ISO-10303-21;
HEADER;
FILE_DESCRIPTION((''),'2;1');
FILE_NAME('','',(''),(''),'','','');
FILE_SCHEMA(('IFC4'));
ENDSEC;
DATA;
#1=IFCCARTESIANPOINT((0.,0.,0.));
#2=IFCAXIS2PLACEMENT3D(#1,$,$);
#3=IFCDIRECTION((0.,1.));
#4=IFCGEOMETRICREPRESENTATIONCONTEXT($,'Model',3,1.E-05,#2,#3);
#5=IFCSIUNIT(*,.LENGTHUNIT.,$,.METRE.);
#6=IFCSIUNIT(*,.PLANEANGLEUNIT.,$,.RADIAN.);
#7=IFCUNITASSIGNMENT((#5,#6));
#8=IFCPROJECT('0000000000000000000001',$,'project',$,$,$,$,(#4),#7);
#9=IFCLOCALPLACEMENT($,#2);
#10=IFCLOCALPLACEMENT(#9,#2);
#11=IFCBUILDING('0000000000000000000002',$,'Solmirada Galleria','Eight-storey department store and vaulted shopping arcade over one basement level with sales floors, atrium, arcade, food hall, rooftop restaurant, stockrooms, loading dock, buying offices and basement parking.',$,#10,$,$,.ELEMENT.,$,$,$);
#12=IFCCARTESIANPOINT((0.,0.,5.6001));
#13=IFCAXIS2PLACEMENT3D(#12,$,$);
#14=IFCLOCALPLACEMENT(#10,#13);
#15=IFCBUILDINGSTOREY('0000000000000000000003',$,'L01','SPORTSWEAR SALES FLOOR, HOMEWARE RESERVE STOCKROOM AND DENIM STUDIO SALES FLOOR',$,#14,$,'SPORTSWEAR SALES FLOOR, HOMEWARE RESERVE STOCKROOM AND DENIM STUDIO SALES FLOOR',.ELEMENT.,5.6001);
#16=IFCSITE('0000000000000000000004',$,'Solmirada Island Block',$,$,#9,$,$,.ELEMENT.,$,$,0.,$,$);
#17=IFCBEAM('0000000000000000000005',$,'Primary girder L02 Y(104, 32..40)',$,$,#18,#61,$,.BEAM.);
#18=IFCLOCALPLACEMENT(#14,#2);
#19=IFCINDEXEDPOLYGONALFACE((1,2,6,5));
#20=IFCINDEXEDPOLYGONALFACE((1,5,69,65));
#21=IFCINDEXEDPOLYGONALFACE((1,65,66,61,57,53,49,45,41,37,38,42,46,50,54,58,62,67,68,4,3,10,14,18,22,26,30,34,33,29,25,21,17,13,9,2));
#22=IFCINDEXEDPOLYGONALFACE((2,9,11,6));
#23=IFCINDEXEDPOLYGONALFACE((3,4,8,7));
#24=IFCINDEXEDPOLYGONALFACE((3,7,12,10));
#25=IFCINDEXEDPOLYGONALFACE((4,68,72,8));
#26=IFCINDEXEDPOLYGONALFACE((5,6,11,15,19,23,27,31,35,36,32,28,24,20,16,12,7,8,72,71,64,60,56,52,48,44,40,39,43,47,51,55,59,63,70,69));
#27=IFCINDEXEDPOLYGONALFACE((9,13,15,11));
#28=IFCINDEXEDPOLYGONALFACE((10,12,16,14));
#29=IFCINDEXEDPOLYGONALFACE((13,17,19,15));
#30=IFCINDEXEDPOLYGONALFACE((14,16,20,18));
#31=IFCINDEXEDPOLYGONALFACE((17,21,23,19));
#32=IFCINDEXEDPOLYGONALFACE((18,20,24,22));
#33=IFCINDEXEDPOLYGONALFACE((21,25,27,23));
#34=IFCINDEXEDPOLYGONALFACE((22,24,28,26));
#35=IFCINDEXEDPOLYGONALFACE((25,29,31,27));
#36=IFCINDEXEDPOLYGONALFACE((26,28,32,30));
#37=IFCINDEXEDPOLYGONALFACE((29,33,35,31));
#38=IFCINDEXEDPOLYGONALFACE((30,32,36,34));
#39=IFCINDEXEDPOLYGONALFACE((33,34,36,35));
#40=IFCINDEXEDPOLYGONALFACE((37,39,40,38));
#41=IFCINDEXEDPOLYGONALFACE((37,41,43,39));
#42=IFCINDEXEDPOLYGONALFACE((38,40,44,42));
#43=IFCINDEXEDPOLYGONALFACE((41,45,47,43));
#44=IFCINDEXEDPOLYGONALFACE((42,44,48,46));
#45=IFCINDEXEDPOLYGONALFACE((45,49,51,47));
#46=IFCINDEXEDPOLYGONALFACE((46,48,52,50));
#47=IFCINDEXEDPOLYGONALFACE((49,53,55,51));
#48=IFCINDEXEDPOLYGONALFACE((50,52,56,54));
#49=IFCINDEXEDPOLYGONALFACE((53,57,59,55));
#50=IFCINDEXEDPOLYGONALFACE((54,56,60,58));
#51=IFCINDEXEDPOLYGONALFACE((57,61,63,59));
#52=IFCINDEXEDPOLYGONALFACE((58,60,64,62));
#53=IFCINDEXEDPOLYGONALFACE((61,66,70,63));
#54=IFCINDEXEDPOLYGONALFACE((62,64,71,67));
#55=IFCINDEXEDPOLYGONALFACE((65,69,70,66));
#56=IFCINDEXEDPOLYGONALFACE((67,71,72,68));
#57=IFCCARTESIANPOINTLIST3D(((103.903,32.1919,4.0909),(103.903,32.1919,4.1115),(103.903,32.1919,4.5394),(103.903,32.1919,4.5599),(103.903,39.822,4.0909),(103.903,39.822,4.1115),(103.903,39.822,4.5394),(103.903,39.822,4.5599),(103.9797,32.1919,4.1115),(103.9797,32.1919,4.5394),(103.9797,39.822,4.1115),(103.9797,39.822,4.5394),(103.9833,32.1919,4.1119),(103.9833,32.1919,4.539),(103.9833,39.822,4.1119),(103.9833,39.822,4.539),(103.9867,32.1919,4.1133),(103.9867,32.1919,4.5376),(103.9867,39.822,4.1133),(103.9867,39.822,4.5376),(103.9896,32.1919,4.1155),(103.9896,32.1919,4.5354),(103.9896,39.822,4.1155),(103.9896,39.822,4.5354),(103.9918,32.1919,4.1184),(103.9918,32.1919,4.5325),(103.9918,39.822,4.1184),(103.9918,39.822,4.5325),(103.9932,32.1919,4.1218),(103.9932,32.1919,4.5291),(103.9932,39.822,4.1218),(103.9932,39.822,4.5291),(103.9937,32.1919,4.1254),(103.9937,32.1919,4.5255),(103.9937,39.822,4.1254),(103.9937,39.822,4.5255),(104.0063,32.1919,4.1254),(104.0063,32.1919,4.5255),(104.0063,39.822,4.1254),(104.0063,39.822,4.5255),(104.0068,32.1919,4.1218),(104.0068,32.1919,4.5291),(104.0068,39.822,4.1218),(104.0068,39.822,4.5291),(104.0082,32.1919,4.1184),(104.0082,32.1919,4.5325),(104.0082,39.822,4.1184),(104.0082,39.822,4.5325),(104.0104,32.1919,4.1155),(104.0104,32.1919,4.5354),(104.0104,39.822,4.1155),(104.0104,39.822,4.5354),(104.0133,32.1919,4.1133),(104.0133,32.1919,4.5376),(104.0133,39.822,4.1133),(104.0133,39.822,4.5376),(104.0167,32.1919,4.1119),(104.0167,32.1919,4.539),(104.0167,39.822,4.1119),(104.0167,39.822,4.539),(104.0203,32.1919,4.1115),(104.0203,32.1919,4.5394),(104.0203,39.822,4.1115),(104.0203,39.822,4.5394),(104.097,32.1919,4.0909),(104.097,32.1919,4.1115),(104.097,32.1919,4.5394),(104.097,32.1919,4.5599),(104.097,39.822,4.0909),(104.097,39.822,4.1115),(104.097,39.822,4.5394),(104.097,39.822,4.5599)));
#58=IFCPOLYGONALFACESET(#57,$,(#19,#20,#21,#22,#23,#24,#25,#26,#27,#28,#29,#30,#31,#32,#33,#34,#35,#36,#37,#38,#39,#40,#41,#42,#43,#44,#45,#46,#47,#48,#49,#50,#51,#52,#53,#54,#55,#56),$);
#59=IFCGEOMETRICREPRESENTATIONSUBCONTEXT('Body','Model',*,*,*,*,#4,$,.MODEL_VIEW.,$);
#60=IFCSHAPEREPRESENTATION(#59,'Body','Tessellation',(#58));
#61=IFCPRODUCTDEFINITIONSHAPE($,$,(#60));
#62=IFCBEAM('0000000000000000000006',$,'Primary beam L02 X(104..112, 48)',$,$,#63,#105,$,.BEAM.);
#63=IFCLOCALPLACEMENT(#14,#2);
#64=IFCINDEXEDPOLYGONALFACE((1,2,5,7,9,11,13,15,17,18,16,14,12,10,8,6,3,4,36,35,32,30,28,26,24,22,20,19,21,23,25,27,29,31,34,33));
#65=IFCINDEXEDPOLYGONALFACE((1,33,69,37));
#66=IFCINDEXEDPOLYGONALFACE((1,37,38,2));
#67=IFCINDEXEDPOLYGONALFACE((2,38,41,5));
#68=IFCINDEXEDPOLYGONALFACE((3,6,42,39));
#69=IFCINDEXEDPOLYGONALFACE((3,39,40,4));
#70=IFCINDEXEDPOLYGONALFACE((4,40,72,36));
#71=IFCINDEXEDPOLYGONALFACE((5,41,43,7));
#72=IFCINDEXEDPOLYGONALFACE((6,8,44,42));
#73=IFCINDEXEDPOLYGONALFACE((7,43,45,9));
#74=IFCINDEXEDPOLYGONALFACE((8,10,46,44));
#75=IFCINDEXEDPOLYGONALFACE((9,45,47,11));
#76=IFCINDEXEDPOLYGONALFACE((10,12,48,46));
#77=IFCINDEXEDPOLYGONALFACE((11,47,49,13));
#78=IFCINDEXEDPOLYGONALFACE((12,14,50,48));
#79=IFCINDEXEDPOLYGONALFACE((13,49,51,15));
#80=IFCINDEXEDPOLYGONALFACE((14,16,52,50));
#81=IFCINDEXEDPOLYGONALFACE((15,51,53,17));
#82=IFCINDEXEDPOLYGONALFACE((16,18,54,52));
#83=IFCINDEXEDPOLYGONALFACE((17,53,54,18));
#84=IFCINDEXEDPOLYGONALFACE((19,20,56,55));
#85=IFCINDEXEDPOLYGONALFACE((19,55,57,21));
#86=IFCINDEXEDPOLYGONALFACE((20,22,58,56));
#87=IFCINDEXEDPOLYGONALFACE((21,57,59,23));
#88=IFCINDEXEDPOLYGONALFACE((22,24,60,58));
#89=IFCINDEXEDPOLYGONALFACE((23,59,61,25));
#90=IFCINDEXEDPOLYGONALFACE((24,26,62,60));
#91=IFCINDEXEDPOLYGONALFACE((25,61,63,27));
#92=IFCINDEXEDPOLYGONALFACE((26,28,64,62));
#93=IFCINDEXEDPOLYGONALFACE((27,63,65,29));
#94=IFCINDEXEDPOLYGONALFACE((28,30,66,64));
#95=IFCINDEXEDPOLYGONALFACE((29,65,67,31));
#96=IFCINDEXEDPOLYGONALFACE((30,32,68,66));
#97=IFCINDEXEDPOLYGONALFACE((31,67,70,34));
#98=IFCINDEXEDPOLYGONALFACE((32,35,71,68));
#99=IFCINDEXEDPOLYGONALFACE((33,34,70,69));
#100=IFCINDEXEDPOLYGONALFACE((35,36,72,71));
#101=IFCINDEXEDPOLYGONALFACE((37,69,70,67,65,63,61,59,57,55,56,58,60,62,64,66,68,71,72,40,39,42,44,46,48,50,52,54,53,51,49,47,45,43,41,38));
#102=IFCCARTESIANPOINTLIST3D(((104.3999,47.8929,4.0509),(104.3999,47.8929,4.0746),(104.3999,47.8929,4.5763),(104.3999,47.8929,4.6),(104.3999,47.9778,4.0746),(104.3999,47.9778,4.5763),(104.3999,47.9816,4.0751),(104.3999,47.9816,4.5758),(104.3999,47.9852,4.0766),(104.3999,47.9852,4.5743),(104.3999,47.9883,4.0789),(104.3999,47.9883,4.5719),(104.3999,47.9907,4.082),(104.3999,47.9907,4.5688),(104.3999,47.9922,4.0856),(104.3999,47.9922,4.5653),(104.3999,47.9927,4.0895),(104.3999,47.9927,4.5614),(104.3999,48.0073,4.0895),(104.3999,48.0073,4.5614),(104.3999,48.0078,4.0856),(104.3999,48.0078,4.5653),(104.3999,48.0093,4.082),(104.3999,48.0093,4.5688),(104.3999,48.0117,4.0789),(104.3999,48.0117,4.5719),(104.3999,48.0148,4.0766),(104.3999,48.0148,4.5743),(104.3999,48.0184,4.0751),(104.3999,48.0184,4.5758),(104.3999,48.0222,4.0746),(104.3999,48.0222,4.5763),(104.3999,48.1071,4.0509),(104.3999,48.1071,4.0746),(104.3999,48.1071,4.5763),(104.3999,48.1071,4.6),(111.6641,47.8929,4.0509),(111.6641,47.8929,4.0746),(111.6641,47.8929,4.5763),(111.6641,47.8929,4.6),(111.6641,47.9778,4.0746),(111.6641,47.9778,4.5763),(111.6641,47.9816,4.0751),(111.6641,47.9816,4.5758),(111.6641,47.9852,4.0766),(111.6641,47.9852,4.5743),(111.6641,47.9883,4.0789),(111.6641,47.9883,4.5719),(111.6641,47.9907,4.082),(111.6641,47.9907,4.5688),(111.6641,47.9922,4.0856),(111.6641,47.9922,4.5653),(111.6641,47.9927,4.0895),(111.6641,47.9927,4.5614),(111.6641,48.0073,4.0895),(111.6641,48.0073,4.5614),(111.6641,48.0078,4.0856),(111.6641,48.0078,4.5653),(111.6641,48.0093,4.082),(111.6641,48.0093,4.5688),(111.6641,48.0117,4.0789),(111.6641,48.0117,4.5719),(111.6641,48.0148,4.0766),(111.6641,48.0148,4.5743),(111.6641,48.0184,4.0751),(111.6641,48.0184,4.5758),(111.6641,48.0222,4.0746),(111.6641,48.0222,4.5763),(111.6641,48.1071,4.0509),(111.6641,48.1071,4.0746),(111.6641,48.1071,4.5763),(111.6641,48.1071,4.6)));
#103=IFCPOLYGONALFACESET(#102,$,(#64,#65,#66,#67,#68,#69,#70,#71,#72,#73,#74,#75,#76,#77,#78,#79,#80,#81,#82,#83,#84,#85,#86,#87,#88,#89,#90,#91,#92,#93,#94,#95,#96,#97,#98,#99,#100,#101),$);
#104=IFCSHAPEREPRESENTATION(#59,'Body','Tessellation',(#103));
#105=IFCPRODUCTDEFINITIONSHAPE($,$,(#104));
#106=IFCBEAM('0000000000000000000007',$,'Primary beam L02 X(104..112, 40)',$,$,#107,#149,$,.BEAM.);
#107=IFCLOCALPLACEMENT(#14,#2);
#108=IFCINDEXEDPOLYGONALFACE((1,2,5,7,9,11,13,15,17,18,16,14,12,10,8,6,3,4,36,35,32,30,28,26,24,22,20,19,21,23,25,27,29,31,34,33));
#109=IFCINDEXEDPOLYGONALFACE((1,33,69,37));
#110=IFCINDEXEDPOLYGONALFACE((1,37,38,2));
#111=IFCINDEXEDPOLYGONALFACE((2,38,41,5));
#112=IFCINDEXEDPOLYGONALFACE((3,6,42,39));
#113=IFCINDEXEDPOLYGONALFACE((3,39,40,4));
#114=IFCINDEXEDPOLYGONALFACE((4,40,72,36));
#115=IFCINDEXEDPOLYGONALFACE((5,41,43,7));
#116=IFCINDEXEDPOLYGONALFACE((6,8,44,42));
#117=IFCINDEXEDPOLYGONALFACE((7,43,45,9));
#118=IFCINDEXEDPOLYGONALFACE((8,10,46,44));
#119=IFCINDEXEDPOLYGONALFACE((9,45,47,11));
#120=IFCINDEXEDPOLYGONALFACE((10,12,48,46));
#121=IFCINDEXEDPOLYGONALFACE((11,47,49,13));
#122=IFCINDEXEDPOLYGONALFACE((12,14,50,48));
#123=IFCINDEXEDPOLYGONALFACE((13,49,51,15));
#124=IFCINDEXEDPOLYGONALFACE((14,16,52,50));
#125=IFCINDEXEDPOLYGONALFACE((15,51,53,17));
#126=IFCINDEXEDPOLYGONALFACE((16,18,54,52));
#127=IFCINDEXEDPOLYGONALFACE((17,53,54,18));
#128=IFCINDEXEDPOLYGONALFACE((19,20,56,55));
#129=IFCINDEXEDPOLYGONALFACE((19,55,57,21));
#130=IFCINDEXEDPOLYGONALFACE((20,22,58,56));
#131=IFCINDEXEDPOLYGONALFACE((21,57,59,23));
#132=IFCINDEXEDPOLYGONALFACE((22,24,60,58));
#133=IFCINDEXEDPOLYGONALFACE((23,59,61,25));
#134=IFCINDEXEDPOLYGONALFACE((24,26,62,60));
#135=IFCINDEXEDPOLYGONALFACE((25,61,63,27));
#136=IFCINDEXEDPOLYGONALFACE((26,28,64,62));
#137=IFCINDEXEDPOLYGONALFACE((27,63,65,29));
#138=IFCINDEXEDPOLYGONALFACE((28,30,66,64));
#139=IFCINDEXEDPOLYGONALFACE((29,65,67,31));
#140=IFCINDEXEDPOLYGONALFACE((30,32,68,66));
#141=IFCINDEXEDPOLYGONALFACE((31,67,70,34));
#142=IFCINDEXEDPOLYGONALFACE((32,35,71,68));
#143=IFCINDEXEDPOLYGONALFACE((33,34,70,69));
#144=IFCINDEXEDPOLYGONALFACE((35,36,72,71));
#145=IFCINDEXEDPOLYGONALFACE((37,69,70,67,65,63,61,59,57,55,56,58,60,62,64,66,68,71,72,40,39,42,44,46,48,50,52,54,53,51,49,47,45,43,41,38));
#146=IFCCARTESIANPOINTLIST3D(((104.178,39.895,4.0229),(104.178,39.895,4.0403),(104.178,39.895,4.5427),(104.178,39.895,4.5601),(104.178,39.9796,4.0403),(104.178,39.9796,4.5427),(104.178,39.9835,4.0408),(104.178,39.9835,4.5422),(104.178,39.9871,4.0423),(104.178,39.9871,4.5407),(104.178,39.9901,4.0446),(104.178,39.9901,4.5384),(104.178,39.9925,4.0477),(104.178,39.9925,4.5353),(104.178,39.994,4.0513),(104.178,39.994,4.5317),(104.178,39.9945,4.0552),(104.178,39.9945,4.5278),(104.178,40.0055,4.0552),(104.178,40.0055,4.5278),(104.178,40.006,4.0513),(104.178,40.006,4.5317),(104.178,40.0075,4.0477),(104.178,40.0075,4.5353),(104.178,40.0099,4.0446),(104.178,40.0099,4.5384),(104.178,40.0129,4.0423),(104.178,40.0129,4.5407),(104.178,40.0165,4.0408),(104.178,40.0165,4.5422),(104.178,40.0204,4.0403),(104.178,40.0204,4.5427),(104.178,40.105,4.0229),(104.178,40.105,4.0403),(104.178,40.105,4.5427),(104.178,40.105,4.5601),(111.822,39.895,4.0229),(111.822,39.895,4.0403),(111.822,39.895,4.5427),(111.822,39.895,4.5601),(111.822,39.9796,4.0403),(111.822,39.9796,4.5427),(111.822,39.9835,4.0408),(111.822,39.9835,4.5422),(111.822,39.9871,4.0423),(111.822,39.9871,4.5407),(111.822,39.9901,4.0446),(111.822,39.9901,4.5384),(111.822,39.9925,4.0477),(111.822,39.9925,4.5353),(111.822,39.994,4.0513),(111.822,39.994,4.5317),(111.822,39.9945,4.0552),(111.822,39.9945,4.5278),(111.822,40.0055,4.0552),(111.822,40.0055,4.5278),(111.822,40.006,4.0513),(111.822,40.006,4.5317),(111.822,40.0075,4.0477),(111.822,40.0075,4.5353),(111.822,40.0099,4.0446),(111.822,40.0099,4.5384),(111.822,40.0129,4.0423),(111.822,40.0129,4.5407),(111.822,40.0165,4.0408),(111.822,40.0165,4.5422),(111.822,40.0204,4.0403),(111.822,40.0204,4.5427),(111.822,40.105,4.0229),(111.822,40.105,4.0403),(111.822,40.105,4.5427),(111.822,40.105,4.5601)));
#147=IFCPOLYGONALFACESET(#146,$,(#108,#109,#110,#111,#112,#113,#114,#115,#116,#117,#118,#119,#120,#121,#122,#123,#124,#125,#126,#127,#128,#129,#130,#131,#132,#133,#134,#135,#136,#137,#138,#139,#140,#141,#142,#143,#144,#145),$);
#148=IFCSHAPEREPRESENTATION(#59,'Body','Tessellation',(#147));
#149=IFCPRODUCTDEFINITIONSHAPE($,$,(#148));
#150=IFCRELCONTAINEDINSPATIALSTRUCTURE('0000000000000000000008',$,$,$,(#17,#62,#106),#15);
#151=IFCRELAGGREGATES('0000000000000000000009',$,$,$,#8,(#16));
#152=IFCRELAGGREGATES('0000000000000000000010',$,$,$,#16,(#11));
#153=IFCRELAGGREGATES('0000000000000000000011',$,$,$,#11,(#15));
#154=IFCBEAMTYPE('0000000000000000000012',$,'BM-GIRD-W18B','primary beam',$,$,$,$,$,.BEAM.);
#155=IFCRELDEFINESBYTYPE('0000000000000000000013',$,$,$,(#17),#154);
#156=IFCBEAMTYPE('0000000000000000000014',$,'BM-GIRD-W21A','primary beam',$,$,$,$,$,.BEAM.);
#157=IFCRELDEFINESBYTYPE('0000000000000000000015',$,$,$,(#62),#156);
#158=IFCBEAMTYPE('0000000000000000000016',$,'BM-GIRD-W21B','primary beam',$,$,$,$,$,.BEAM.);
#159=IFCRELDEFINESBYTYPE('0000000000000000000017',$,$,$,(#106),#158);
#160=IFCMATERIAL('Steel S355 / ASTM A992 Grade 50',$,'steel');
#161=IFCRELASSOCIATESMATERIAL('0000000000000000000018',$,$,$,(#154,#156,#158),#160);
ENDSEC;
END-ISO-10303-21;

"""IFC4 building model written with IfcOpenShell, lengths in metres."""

from ifc_helpers import new_model, si_unit, direction, frame, origin, origin_2d, place, context, subcontext, project, spatial, i_section, extrude, material, material_profile, profile_set, type_object, element, save


model = new_model("IFC4")

# Units and contexts
model_context = context("Model", 3, precision=1e-05, world=origin(), true_north=direction((0.0, 1.0)))
body_context = subcontext(model_context, "Body", "Model", "MODEL_VIEW")
ifc_project = project(units=[si_unit("LENGTHUNIT", "METRE"), si_unit("PLANEANGLEUNIT", "RADIAN")], contexts=[model_context])

# Site, building, storey
site_placement = place(None, origin())
site = spatial("IfcSite", under=ifc_project, at=site_placement, Name="Solmirada Island Block", CompositionType="ELEMENT", RefElevation=0.0)
building_placement = place(site_placement, origin())
building = spatial("IfcBuilding", under=site, at=building_placement, Name="Solmirada Galleria", Description="Eight-storey department store and vaulted shopping arcade over one basement level with sales floors, atrium, arcade, food hall, rooftop restaurant, stockrooms, loading dock, buying offices and basement parking.", CompositionType="ELEMENT")
storey_placement = place(building_placement, frame((0.0, 0.0, 5.6001)))
storey = spatial("IfcBuildingStorey", under=building, at=storey_placement, Name="L01", Description="SPORTSWEAR SALES FLOOR, HOMEWARE RESERVE STOCKROOM AND DENIM STUDIO SALES FLOOR", LongName="SPORTSWEAR SALES FLOOR, HOMEWARE RESERVE STOCKROOM AND DENIM STUDIO SALES FLOOR", CompositionType="ELEMENT", Elevation=5.6001)

# Beams
ifc_material_1 = material(Name="Steel S355 / ASTM A992 Grade 50", Category="steel")
ifc_material_profile_1 = material_profile(ifc_material_1, i_section(OverallWidth=0.1941, OverallDepth=0.469, WebThickness=0.0127, FlangeThickness=0.0205, FilletRadius=0.0139, at=origin_2d()), Name="W18X71")
ifc_profile_set_1 = profile_set([ifc_material_profile_1], Name="Steel S355 / ASTM A992 Grade 50")
beam_type_1 = type_object("IfcBeamType", Name="BM-GIRD-W18B", Description="primary beam", PredefinedType="BEAM", material=ifc_profile_set_1)
beam_1_placement = place(storey_placement, frame((104.0, 32.1919, 4.3254), z_axis=(0.0, 1.0, 0.0), x_axis=(-1.0, 0.0, 0.0)))
element("IfcBeam", 1, at=beam_1_placement, inside=storey, type_object=beam_type_1, Name="Primary girder L02 Y(104, 32..40)", PredefinedType="BEAM", context=body_context, shape_type="SweptSolid", body=[
    extrude(i_section(OverallWidth=0.1941, OverallDepth=0.469, WebThickness=0.0127, FlangeThickness=0.0205, FilletRadius=0.0139, at=origin_2d()), origin(), (0.0, 0.0, 1.0), 7.6301),
])
ifc_material_profile_2 = material_profile(ifc_material_1, i_section(OverallWidth=0.2141, OverallDepth=0.5491, WebThickness=0.0146, FlangeThickness=0.0237, FilletRadius=0.0149, at=origin_2d()), Name="W21X93")
ifc_profile_set_2 = profile_set([ifc_material_profile_2], Name="Steel S355 / ASTM A992 Grade 50")
beam_type_2 = type_object("IfcBeamType", Name="BM-GIRD-W21A", Description="primary beam", PredefinedType="BEAM", material=ifc_profile_set_2)
beam_2_placement = place(storey_placement, frame((104.3999, 48.0, 4.3254), z_axis=(1.0, 0.0, 0.0), x_axis=(0.0, 1.0, 0.0)))
element("IfcBeam", 2, at=beam_2_placement, inside=storey, type_object=beam_type_2, Name="Primary beam L02 X(104..112, 48)", PredefinedType="BEAM", context=body_context, shape_type="SweptSolid", body=[
    extrude(i_section(OverallWidth=0.2141, OverallDepth=0.5491, WebThickness=0.0146, FlangeThickness=0.0237, FilletRadius=0.0149, at=origin_2d()), origin(), (0.0, 0.0, 1.0), 7.2642),
])
ifc_material_profile_3 = material_profile(ifc_material_1, i_section(OverallWidth=0.21, OverallDepth=0.5371, WebThickness=0.011, FlangeThickness=0.0173, FilletRadius=0.0149, at=origin_2d()), Name="W21X68")
ifc_profile_set_3 = profile_set([ifc_material_profile_3], Name="Steel S355 / ASTM A992 Grade 50")
beam_type_3 = type_object("IfcBeamType", Name="BM-GIRD-W21B", Description="primary beam", PredefinedType="BEAM", material=ifc_profile_set_3)
beam_3_placement = place(storey_placement, frame((104.178, 40.0, 4.2915), z_axis=(1.0, 0.0, 0.0), x_axis=(0.0, 1.0, 0.0)))
element("IfcBeam", 3, at=beam_3_placement, inside=storey, type_object=beam_type_3, Name="Primary beam L02 X(104..112, 40)", PredefinedType="BEAM", context=body_context, shape_type="SweptSolid", body=[
    extrude(i_section(OverallWidth=0.21, OverallDepth=0.5371, WebThickness=0.011, FlangeThickness=0.0173, FilletRadius=0.0149, at=origin_2d()), origin(), (0.0, 0.0, 1.0), 7.644),
])

save(model, "model.ifc")
